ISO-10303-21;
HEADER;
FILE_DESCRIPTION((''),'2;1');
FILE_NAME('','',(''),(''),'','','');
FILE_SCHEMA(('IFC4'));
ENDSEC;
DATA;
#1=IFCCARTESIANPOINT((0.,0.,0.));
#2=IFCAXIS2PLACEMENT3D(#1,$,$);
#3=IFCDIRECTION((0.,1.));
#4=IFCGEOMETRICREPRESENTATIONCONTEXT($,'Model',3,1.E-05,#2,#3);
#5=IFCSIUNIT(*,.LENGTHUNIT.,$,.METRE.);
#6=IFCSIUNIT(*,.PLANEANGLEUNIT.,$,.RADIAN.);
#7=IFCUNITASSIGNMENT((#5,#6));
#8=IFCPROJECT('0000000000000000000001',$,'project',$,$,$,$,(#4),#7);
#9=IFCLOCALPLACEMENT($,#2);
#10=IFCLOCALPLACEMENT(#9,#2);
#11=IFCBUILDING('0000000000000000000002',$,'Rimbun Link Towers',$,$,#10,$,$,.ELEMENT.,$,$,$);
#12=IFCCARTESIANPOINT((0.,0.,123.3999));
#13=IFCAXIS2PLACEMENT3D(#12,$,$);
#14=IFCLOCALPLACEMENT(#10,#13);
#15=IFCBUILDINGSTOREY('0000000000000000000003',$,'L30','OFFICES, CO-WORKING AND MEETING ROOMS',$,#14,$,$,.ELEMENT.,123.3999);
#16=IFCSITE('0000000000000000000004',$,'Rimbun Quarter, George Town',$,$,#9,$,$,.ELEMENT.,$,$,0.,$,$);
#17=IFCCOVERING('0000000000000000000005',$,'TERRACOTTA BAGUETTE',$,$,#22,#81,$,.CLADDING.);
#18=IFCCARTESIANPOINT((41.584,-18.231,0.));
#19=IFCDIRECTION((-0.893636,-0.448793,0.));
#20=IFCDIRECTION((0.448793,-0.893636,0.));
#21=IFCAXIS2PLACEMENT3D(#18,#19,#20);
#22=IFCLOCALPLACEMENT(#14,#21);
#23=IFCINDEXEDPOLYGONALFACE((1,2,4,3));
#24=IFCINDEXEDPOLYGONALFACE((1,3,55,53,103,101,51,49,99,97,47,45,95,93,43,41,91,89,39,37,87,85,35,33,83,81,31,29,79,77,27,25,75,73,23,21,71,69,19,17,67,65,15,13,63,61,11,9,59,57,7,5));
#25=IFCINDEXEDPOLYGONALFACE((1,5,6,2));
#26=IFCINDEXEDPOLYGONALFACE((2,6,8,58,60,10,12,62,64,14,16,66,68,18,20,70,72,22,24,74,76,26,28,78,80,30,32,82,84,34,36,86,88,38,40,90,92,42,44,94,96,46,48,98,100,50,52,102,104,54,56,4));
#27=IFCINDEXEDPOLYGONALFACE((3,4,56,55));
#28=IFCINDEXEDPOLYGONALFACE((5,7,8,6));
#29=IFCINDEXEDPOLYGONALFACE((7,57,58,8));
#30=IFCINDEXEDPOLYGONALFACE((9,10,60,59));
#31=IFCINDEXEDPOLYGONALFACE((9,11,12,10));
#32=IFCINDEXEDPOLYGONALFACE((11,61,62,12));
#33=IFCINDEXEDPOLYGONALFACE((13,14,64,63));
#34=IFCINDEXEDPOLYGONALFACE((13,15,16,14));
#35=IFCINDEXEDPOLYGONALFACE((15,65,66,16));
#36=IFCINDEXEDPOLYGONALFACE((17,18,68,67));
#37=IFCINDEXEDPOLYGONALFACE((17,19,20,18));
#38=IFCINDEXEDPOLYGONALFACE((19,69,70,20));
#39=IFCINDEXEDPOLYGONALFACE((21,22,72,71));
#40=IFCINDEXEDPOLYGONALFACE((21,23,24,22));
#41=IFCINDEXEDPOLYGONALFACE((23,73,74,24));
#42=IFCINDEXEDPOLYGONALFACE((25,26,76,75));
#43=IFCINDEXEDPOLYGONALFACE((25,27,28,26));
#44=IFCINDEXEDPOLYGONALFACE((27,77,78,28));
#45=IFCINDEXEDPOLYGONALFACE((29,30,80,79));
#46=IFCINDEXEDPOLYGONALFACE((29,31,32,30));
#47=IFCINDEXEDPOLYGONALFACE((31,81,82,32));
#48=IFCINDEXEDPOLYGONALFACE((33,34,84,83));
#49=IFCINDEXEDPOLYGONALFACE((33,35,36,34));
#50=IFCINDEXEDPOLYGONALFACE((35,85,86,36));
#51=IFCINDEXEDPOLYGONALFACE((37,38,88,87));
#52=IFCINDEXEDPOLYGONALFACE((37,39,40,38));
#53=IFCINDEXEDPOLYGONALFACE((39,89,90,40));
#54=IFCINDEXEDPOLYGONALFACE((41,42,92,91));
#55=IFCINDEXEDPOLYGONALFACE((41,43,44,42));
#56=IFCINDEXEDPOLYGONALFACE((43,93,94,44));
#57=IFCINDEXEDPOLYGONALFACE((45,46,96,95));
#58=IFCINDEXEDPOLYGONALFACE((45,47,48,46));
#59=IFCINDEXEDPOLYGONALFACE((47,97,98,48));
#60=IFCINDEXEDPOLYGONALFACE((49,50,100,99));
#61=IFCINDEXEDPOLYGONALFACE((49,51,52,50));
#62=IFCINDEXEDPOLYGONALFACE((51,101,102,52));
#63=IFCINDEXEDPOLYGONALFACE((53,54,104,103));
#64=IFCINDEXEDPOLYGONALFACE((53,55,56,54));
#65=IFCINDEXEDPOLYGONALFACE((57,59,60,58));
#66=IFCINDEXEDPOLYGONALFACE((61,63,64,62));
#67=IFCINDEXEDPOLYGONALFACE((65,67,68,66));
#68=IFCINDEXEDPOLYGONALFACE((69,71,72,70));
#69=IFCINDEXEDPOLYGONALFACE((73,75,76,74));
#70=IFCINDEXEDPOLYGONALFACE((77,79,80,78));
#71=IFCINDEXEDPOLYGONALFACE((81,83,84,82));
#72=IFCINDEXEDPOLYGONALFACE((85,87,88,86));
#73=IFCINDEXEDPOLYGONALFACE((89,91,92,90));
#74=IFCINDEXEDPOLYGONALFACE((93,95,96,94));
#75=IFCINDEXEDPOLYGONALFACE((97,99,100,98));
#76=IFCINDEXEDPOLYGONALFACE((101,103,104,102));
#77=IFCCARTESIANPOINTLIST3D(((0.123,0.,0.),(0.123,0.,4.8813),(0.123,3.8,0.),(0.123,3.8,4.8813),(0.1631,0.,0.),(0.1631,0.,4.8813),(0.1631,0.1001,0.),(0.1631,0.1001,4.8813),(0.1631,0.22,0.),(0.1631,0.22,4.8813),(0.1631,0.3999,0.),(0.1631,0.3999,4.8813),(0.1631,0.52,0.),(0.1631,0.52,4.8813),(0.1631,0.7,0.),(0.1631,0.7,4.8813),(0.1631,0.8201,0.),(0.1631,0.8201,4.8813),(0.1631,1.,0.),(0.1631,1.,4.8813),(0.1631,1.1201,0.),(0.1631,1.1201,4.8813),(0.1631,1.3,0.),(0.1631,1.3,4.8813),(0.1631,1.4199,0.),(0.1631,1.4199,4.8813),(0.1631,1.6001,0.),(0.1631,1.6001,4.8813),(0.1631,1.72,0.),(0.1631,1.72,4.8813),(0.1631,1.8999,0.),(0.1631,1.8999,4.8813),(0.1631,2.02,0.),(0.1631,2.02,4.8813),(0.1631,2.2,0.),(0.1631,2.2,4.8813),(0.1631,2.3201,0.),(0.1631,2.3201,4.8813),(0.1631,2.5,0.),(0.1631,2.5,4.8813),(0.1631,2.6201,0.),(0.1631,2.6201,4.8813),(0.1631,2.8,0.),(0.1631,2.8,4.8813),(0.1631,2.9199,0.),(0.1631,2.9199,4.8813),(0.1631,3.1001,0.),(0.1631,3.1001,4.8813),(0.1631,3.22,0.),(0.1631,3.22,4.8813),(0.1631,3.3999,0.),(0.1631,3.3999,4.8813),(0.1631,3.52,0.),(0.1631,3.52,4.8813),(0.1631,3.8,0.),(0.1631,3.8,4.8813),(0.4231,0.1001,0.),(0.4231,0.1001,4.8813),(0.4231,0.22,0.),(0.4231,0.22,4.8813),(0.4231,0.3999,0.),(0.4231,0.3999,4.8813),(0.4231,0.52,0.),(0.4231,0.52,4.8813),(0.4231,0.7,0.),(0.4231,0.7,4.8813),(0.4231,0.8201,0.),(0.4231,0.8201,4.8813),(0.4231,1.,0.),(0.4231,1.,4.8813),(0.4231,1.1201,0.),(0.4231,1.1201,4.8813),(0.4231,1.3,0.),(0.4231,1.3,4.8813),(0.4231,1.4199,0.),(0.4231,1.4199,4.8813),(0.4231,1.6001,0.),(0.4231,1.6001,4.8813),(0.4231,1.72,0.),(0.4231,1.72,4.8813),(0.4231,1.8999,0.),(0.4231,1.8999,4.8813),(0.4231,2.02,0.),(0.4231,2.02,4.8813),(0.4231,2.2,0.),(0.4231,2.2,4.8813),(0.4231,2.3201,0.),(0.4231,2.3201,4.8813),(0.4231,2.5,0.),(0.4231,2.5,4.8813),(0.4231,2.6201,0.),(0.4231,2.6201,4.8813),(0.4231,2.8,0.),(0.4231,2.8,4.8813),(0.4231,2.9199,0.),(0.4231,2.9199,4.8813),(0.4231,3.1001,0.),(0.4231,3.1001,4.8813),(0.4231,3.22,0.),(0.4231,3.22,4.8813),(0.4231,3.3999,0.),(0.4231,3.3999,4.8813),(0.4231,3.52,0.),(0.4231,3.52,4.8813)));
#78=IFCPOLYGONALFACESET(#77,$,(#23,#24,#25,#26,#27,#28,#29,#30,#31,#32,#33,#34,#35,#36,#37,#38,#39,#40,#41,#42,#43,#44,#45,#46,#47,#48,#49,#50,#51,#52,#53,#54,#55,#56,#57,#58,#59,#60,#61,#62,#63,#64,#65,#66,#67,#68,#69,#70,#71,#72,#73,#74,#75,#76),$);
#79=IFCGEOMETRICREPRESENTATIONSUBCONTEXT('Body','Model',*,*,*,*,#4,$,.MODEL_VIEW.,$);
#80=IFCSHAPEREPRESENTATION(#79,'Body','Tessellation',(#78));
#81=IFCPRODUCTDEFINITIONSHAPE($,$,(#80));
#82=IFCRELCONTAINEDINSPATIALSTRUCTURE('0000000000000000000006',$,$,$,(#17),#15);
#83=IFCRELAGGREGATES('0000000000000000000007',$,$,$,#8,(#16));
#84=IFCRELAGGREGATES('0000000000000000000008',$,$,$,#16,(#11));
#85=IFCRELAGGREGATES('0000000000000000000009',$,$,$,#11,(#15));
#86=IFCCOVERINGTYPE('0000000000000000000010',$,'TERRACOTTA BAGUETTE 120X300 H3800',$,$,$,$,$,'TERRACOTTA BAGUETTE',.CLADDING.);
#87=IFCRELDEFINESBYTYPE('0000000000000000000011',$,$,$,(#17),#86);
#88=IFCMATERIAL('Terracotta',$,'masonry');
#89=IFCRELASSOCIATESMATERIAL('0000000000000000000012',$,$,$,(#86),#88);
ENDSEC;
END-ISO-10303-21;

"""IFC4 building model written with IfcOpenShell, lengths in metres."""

from ifc_helpers import new_model, si_unit, direction, frame, origin, place, context, subcontext, project, spatial, polyline, outline, extrude, material, material_profile, profile_set, type_object, element, save


model = new_model("IFC4")

# Units and contexts
model_context = context("Model", 3, precision=1e-05, world=origin(), true_north=direction((0.0, 1.0)))
body_context = subcontext(model_context, "Body", "Model", "MODEL_VIEW")
ifc_project = project(units=[si_unit("LENGTHUNIT", "METRE"), si_unit("PLANEANGLEUNIT", "RADIAN")], contexts=[model_context])

# Site, building, storey
site_placement = place(None, origin())
site = spatial("IfcSite", under=ifc_project, at=site_placement, Name="Rimbun Quarter, George Town", CompositionType="ELEMENT", RefElevation=0.0)
building_placement = place(site_placement, origin())
building = spatial("IfcBuilding", under=site, at=building_placement, Name="Rimbun Link Towers", CompositionType="ELEMENT")
storey_placement = place(building_placement, frame((0.0, 0.0, 123.3999)))
storey = spatial("IfcBuildingStorey", under=building, at=storey_placement, Name="L30", Description="OFFICES, CO-WORKING AND MEETING ROOMS", CompositionType="ELEMENT", Elevation=123.3999)

# Covering
ifc_material_1 = material(Name="Terracotta", Category="masonry")
ifc_material_profile_1 = material_profile(ifc_material_1, outline(polyline([(0.123, 0.0), (0.1631, 0.0), (0.1631, 0.1001), (0.4231, 0.1001), (0.4231, 0.22), (0.1631, 0.22), (0.1631, 0.3999), (0.4231, 0.3999), (0.4231, 0.52), (0.1631, 0.52), (0.1631, 0.7), (0.4231, 0.7), (0.4231, 0.8201), (0.1631, 0.8201), (0.1631, 1.0), (0.4231, 1.0), (0.4231, 1.1201), (0.1631, 1.1201), (0.1631, 1.3), (0.4231, 1.3), (0.4231, 1.4199), (0.1631, 1.4199), (0.1631, 1.6001), (0.4231, 1.6001), (0.4231, 1.72), (0.1631, 1.72), (0.1631, 1.8999), (0.4231, 1.8999), (0.4231, 2.02), (0.1631, 2.02), (0.1631, 2.2), (0.4231, 2.2), (0.4231, 2.3201), (0.1631, 2.3201), (0.1631, 2.5), (0.4231, 2.5), (0.4231, 2.6201), (0.1631, 2.6201), (0.1631, 2.8), (0.4231, 2.8), (0.4231, 2.9199), (0.1631, 2.9199), (0.1631, 3.1001), (0.4231, 3.1001), (0.4231, 3.22), (0.1631, 3.22), (0.1631, 3.3999), (0.4231, 3.3999), (0.4231, 3.52), (0.1631, 3.52), (0.1631, 3.8), (0.123, 3.8), (0.123, 0.0)])), Name="BAGUETTE 120X300")
ifc_profile_set_1 = profile_set([ifc_material_profile_1], Name="Terracotta")
covering_type = type_object("IfcCoveringType", Name="TERRACOTTA BAGUETTE 120X300 H3800", ElementType="TERRACOTTA BAGUETTE", PredefinedType="CLADDING", material=ifc_profile_set_1)
covering_placement = place(storey_placement, frame((41.584, -18.231, 0.0), z_axis=(-0.893636, -0.448793, 0.0), x_axis=(0.448793, -0.893636, 0.0)))
element("IfcCovering", 1, at=covering_placement, inside=storey, type_object=covering_type, Name="TERRACOTTA BAGUETTE", PredefinedType="CLADDING", context=body_context, shape_type="SweptSolid", body=[
    extrude(outline(polyline([(0.123, 0.0), (0.1631, 0.0), (0.1631, 0.1001), (0.4231, 0.1001), (0.4231, 0.22), (0.1631, 0.22), (0.1631, 0.3999), (0.4231, 0.3999), (0.4231, 0.52), (0.1631, 0.52), (0.1631, 0.7), (0.4231, 0.7), (0.4231, 0.8201), (0.1631, 0.8201), (0.1631, 1.0), (0.4231, 1.0), (0.4231, 1.1201), (0.1631, 1.1201), (0.1631, 1.3), (0.4231, 1.3), (0.4231, 1.4199), (0.1631, 1.4199), (0.1631, 1.6001), (0.4231, 1.6001), (0.4231, 1.72), (0.1631, 1.72), (0.1631, 1.8999), (0.4231, 1.8999), (0.4231, 2.02), (0.1631, 2.02), (0.1631, 2.2), (0.4231, 2.2), (0.4231, 2.3201), (0.1631, 2.3201), (0.1631, 2.5), (0.4231, 2.5), (0.4231, 2.6201), (0.1631, 2.6201), (0.1631, 2.8), (0.4231, 2.8), (0.4231, 2.9199), (0.1631, 2.9199), (0.1631, 3.1001), (0.4231, 3.1001), (0.4231, 3.22), (0.1631, 3.22), (0.1631, 3.3999), (0.4231, 3.3999), (0.4231, 3.52), (0.1631, 3.52), (0.1631, 3.8), (0.123, 3.8), (0.123, 0.0)])), origin(), (0.0, 0.0, 1.0), 4.8813),
])

save(model, "model.ifc")
